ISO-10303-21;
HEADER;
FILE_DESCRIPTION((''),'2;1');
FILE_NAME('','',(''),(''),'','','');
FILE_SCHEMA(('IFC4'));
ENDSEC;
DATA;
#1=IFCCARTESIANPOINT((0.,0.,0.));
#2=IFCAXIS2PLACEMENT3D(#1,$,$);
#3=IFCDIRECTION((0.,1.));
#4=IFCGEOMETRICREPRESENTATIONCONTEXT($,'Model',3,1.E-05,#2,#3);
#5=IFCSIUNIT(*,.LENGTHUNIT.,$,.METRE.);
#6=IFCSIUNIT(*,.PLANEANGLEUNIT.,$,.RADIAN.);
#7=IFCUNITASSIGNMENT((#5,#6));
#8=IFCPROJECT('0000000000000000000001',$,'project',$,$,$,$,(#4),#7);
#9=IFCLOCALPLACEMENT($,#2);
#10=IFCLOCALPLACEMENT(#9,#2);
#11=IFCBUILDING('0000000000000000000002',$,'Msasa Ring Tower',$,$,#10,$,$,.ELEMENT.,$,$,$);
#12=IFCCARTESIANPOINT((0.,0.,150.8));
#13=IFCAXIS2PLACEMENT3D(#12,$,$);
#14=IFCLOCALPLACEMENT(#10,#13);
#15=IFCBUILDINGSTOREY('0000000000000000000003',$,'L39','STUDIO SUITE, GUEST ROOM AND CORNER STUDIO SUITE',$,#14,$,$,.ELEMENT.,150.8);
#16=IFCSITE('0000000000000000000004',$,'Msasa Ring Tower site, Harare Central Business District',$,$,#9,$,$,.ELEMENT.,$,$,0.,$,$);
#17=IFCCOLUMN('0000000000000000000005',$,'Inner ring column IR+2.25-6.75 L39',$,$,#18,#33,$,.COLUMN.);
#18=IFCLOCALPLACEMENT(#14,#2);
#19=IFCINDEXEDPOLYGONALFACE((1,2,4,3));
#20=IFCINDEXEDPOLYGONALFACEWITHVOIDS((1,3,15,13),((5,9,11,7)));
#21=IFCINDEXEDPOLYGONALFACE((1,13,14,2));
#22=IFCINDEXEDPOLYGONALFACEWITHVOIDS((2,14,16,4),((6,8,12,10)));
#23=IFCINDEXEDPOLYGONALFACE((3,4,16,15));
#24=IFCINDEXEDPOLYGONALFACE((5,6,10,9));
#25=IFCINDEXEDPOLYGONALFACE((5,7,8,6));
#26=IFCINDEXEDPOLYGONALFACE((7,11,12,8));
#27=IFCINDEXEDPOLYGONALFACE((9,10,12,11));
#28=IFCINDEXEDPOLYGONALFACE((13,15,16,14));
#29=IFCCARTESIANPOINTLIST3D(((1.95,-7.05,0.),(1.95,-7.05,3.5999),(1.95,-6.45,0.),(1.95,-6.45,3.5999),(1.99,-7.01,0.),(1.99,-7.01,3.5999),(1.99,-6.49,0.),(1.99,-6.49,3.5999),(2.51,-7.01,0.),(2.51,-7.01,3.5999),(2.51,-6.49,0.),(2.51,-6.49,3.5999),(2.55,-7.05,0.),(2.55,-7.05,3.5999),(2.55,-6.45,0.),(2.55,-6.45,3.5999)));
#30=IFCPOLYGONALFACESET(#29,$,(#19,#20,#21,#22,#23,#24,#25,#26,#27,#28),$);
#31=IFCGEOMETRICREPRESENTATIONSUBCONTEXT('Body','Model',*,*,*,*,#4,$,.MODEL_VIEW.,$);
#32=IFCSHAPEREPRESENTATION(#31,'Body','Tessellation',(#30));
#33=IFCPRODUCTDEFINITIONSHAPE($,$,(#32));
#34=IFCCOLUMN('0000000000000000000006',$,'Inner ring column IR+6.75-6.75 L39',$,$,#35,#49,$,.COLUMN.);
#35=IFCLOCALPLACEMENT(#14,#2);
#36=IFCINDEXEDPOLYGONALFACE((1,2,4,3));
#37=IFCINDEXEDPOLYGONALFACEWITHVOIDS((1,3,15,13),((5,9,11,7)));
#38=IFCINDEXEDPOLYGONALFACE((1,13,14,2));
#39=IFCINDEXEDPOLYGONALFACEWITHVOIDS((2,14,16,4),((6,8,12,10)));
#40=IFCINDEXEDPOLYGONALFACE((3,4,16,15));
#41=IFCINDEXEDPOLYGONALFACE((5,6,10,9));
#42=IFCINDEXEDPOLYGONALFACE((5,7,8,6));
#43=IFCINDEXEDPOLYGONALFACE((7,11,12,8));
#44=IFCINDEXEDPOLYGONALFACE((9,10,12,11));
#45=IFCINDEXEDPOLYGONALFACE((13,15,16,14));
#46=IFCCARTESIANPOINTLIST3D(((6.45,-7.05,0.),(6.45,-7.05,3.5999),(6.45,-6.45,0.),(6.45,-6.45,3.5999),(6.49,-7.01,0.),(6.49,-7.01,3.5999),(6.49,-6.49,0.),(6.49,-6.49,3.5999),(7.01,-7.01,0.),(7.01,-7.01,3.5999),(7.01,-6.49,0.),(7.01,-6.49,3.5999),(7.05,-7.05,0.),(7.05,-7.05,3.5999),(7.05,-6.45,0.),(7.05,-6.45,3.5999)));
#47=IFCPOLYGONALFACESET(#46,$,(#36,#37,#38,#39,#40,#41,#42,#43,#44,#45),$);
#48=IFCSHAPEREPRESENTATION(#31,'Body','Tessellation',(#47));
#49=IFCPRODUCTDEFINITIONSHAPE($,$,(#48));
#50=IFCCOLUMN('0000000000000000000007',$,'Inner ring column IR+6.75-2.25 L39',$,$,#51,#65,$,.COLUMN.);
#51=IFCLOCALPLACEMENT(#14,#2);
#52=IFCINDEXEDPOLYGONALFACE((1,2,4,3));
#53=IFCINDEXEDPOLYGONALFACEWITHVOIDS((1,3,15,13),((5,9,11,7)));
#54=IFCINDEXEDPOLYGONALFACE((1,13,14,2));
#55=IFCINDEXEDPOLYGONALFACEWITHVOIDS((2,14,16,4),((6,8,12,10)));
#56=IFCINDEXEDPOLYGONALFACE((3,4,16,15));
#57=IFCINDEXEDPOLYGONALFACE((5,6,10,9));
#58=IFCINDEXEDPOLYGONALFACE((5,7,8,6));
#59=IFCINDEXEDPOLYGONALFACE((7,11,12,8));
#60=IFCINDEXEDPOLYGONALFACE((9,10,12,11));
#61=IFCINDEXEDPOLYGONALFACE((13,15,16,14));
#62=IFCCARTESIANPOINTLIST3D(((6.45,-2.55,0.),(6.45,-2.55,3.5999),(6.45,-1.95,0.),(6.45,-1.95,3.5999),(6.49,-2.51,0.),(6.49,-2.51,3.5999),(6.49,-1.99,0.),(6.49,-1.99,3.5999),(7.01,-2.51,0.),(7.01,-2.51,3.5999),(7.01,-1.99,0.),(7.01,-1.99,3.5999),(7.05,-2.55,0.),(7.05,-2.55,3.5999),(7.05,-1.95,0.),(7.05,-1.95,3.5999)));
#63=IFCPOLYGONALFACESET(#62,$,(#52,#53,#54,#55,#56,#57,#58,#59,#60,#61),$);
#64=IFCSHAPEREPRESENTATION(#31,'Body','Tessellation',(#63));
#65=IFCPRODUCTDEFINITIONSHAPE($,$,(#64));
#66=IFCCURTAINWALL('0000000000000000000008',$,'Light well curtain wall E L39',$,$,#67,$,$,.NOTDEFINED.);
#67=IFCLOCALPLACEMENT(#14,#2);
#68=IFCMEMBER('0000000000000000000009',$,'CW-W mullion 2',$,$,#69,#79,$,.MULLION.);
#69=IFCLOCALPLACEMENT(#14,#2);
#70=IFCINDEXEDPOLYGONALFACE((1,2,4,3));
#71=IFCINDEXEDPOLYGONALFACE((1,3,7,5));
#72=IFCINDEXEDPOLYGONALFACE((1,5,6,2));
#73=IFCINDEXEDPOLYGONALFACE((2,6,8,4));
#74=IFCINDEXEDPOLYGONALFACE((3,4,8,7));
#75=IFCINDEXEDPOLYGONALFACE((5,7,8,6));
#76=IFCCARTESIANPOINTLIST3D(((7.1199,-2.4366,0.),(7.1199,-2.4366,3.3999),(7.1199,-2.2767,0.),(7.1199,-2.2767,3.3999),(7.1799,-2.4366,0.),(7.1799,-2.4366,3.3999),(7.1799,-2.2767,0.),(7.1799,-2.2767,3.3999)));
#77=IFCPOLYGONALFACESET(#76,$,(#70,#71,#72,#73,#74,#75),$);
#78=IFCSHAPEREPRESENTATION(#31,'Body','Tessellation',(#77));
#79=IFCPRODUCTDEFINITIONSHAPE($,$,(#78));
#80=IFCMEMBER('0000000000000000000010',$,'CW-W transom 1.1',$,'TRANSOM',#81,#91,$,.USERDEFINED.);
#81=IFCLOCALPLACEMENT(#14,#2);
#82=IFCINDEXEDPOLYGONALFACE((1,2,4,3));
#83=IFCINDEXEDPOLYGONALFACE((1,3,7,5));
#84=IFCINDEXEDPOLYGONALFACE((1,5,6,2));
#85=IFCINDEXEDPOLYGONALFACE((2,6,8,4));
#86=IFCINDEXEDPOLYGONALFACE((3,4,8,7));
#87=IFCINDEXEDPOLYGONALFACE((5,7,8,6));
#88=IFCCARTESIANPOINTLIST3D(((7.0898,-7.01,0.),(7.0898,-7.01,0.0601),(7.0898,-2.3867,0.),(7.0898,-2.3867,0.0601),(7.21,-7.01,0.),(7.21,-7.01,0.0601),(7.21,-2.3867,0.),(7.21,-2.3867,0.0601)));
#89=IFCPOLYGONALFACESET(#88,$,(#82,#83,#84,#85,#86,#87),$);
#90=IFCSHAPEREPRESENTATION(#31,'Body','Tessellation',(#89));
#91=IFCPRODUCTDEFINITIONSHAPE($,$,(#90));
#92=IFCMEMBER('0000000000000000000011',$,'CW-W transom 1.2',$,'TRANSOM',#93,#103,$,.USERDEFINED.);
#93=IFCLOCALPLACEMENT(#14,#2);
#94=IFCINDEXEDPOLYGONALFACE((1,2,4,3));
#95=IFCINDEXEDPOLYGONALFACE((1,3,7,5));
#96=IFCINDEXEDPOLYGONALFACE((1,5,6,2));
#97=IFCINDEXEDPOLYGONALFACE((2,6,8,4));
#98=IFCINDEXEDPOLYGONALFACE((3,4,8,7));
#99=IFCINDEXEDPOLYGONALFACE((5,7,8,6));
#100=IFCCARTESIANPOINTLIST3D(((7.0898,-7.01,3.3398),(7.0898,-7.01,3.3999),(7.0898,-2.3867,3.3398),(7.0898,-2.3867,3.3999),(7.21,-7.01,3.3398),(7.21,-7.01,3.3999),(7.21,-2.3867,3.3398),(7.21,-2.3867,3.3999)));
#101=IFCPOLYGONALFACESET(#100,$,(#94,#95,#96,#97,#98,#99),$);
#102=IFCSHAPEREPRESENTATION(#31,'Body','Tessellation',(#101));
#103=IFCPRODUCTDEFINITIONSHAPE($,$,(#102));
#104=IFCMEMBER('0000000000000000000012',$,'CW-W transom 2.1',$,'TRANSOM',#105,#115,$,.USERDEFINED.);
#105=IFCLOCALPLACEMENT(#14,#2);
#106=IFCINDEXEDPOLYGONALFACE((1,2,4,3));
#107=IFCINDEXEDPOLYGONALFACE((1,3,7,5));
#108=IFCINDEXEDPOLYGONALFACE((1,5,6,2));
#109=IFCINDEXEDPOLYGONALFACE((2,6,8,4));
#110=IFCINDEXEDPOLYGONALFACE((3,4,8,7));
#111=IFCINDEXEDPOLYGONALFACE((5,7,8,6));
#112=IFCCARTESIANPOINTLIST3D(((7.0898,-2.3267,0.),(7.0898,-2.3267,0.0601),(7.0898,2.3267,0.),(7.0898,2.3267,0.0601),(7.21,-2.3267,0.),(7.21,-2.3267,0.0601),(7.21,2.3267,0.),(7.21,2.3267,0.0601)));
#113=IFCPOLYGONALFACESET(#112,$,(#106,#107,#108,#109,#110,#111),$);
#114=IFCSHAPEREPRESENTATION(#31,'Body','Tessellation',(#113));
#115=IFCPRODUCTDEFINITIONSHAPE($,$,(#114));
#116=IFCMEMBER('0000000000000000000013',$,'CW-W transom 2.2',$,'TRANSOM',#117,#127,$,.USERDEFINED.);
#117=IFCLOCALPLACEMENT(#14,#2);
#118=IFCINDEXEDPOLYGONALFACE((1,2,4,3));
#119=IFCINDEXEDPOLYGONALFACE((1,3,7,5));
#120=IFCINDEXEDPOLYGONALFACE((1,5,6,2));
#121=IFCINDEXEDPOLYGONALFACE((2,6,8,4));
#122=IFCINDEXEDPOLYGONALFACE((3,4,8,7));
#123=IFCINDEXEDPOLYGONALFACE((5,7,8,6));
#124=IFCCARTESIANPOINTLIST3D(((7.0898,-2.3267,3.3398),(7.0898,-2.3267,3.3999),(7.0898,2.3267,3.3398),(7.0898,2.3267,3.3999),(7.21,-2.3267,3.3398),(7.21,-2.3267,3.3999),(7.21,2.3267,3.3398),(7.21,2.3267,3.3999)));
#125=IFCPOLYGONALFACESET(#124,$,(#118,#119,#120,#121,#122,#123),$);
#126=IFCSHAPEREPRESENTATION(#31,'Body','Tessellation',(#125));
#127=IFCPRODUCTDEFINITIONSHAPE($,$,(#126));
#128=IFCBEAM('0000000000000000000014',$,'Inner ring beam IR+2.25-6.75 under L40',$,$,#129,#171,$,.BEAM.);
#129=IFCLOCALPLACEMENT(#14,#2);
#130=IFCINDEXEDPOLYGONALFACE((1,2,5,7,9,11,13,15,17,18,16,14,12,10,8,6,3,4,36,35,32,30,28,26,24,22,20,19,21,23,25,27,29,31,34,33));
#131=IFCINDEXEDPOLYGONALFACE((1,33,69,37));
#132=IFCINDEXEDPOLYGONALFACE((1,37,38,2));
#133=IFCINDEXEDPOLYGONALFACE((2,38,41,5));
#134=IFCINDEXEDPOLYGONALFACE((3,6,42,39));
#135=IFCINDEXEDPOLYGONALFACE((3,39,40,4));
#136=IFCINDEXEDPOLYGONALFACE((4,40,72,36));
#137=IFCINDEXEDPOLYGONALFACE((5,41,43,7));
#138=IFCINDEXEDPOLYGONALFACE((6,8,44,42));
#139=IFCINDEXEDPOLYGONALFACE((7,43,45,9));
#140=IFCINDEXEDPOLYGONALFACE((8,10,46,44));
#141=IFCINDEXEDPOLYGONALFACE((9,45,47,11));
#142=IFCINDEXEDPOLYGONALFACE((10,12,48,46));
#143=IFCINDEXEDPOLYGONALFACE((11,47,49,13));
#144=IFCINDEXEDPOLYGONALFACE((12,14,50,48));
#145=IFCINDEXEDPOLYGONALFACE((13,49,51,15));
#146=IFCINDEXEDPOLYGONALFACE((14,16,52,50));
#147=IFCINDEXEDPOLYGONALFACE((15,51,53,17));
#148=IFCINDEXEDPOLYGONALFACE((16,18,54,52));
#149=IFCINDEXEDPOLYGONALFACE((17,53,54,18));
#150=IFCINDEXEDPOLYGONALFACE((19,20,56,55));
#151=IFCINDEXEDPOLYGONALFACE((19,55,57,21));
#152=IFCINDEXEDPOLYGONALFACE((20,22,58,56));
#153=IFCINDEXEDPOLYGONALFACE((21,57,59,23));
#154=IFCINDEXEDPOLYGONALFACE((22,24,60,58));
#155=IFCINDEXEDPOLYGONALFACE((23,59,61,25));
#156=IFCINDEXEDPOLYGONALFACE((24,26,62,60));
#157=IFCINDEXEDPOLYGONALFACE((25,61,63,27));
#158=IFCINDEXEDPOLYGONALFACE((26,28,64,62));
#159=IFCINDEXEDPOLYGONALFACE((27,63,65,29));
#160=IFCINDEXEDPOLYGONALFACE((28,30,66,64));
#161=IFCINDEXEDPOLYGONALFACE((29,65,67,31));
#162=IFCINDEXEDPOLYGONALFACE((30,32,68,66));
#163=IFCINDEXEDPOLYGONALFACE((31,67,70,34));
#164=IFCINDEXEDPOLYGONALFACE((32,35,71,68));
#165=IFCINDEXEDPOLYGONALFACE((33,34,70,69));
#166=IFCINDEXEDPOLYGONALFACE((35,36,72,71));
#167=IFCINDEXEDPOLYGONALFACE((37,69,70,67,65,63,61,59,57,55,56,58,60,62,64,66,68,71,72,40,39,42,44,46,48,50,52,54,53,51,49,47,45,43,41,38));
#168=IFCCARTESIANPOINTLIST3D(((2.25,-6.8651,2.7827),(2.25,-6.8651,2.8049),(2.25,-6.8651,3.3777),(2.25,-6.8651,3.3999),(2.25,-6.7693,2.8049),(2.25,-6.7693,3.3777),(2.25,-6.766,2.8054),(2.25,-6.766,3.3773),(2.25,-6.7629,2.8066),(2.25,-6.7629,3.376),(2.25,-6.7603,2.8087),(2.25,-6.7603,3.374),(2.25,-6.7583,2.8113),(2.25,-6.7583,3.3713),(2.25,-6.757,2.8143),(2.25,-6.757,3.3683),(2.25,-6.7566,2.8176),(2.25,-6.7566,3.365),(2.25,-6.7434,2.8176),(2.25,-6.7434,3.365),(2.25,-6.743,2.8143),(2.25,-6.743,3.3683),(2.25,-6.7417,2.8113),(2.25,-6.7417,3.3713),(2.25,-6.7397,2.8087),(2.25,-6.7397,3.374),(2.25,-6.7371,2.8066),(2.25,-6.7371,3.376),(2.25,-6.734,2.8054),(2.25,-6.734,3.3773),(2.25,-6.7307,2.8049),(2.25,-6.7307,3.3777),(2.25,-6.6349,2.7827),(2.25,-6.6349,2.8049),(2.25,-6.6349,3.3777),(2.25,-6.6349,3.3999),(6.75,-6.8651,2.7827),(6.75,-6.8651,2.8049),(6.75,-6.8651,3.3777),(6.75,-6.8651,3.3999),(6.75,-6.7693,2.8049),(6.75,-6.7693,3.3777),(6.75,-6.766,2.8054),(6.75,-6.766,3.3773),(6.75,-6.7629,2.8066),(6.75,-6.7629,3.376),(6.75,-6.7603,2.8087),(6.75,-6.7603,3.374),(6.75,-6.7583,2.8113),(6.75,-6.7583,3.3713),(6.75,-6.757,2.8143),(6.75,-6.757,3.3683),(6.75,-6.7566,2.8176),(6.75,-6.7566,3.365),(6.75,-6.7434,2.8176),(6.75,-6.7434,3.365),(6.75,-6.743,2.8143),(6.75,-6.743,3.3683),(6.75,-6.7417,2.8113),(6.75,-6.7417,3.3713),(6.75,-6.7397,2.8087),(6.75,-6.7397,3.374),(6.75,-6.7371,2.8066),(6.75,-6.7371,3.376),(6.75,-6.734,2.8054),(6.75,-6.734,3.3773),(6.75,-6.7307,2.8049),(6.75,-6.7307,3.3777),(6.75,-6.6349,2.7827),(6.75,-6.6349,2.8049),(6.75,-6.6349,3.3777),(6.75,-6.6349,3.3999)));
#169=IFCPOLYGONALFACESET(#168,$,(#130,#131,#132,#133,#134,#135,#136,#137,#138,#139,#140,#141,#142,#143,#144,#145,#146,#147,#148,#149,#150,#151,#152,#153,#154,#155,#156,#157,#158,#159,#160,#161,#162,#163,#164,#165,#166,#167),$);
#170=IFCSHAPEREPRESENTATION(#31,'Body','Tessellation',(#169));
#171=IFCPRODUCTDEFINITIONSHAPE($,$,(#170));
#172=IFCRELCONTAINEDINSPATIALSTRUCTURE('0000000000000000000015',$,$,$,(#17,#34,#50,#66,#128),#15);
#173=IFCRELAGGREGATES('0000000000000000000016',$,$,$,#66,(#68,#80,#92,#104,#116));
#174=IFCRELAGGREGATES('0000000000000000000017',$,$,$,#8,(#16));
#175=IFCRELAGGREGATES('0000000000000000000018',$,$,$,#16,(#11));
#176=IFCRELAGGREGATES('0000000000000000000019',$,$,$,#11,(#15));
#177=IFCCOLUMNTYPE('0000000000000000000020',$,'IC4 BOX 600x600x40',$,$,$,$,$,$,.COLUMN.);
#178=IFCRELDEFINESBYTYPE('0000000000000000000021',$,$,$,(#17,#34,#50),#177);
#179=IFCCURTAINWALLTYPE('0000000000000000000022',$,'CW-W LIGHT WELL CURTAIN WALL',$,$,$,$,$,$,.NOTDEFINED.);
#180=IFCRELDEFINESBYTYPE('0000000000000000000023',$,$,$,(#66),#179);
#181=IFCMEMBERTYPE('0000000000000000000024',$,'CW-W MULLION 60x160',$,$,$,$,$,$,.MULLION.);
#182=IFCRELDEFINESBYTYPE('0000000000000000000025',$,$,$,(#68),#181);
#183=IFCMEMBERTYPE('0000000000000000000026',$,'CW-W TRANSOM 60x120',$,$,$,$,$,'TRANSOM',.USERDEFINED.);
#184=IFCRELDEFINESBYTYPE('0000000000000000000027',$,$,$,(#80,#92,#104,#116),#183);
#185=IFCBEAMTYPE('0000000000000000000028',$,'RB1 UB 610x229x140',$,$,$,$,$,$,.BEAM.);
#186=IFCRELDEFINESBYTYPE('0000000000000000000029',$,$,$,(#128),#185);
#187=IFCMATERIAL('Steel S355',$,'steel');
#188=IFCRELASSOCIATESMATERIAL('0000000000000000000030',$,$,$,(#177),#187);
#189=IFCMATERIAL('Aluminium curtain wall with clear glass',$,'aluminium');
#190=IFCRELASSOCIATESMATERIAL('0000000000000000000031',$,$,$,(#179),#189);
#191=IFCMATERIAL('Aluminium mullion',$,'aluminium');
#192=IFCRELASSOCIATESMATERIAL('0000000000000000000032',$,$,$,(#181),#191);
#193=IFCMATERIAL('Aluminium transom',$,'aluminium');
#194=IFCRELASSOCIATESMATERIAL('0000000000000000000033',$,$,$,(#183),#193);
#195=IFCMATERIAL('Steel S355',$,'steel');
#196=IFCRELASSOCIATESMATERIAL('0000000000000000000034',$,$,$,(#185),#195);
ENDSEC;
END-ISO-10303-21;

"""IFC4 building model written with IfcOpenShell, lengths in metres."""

from ifc_helpers import new_model, si_unit, direction, frame, origin, origin_2d, place, context, subcontext, project, spatial, rectangle, hollow_rectangle, i_section, extrude, material, material_profile, profile_set, type_object, element, aggregate, save


model = new_model("IFC4")

# Units and contexts
model_context = context("Model", 3, precision=1e-05, world=origin(), true_north=direction((0.0, 1.0)))
body_context = subcontext(model_context, "Body", "Model", "MODEL_VIEW")
ifc_project = project(units=[si_unit("LENGTHUNIT", "METRE"), si_unit("PLANEANGLEUNIT", "RADIAN")], contexts=[model_context])

# Site, building, storey
site_placement = place(None, origin())
site = spatial("IfcSite", under=ifc_project, at=site_placement, Name="Msasa Ring Tower site, Harare Central Business District", CompositionType="ELEMENT", RefElevation=0.0)
building_placement = place(site_placement, origin())
building = spatial("IfcBuilding", under=site, at=building_placement, Name="Msasa Ring Tower", CompositionType="ELEMENT")
storey_placement = place(building_placement, frame((0.0, 0.0, 150.8)))
storey = spatial("IfcBuildingStorey", under=building, at=storey_placement, Name="L39", Description="STUDIO SUITE, GUEST ROOM AND CORNER STUDIO SUITE", CompositionType="ELEMENT", Elevation=150.8)

# Columns
ifc_material_1 = material(Name="Steel S355", Category="steel")
ifc_material_profile_1 = material_profile(ifc_material_1, hollow_rectangle(XDim=0.6001, YDim=0.6001, WallThickness=0.04, at=origin_2d()), Name="BOX 600x600x40")
ifc_profile_set_1 = profile_set([ifc_material_profile_1], Name="Steel S355")
column_type = type_object("IfcColumnType", Name="IC4 BOX 600x600x40", PredefinedType="COLUMN", material=ifc_profile_set_1)
for number, where, z_axis, x_axis, name in (
    (1, (2.25, -6.75, 0.0), (0.0, 0.0, 1.0), (1.0, 0.0, 0.0), "Inner ring column IR+2.25-6.75 L39"),
    (2, (6.75, -6.75, 0.0), (0.0, 0.0, 1.0), (1.0, 0.0, 0.0), "Inner ring column IR+6.75-6.75 L39"),
    (3, (6.75, -2.25, 0.0), (0.0, 0.0, 1.0), (1.0, 0.0, 0.0), "Inner ring column IR+6.75-2.25 L39"),
):
    element("IfcColumn", number, at=place(storey_placement, frame(where, z_axis=z_axis, x_axis=x_axis)), inside=storey, type_object=column_type, Name=name, PredefinedType="COLUMN", context=body_context, shape_type="SweptSolid", body=[
        extrude(hollow_rectangle(XDim=0.6001, YDim=0.6001, WallThickness=0.04, at=origin_2d()), origin(), (0.0, 0.0, 1.0), 3.5999),
    ])

# Curtain wall, members
ifc_material_2 = material(Name="Aluminium curtain wall with clear glass", Category="aluminium")
curtain_wall_type = type_object("IfcCurtainWallType", Name="CW-W LIGHT WELL CURTAIN WALL", PredefinedType="NOTDEFINED", material=ifc_material_2)
curtain_wall_placement = place(storey_placement, origin())
curtain_wall = element("IfcCurtainWall", 4, at=curtain_wall_placement, inside=storey, type_object=curtain_wall_type, Name="Light well curtain wall E L39", PredefinedType="NOTDEFINED")
ifc_material_3 = material(Name="Aluminium mullion", Category="aluminium")
ifc_material_profile_2 = material_profile(ifc_material_3, rectangle(XDim=0.0601, YDim=0.1599, at=origin_2d()), Name="AL 60x160")
ifc_profile_set_2 = profile_set([ifc_material_profile_2], Name="Aluminium mullion")
member_type_1 = type_object("IfcMemberType", Name="CW-W MULLION 60x160", PredefinedType="MULLION", material=ifc_profile_set_2)
member_1_placement = place(storey_placement, frame((7.1499, -2.3567, 0.0), z_axis=(0.0, 0.0, 1.0), x_axis=(-1.0, 0.0, 0.0)))
member_1 = element("IfcMember", 5, at=member_1_placement, type_object=member_type_1, Name="CW-W mullion 2", PredefinedType="MULLION", context=body_context, shape_type="SweptSolid", body=[
    extrude(rectangle(XDim=0.0601, YDim=0.1599, at=origin_2d()), origin(), (0.0, 0.0, 1.0), 3.3999),
])
ifc_material_4 = material(Name="Aluminium transom", Category="aluminium")
ifc_material_profile_3 = material_profile(ifc_material_4, rectangle(XDim=0.1201, YDim=0.0601, at=origin_2d()), Name="AL 60x120")
ifc_profile_set_3 = profile_set([ifc_material_profile_3], Name="Aluminium transom")
member_type_2 = type_object("IfcMemberType", Name="CW-W TRANSOM 60x120", ElementType="TRANSOM", PredefinedType="USERDEFINED", material=ifc_profile_set_3)
member_2_placement = place(storey_placement, frame((7.1499, -7.01, 0.03), z_axis=(0.0, 1.0, 0.0), x_axis=(-1.0, 0.0, 0.0)))
member_2 = element("IfcMember", 6, at=member_2_placement, type_object=member_type_2, Name="CW-W transom 1.1", ObjectType="TRANSOM", PredefinedType="USERDEFINED", context=body_context, shape_type="SweptSolid", body=[
    extrude(rectangle(XDim=0.1201, YDim=0.0601, at=origin_2d()), origin(), (0.0, 0.0, 1.0), 4.6233),
])
member_3_placement = place(storey_placement, frame((7.1499, -7.01, 3.3699), z_axis=(0.0, 1.0, 0.0), x_axis=(-1.0, 0.0, 0.0)))
member_3 = element("IfcMember", 7, at=member_3_placement, type_object=member_type_2, Name="CW-W transom 1.2", ObjectType="TRANSOM", PredefinedType="USERDEFINED", context=body_context, shape_type="SweptSolid", body=[
    extrude(rectangle(XDim=0.1201, YDim=0.0601, at=origin_2d()), origin(), (0.0, 0.0, 1.0), 4.6233),
])
member_4_placement = place(storey_placement, frame((7.1499, -2.3267, 0.03), z_axis=(0.0, 1.0, 0.0), x_axis=(-1.0, 0.0, 0.0)))
member_4 = element("IfcMember", 8, at=member_4_placement, type_object=member_type_2, Name="CW-W transom 2.1", ObjectType="TRANSOM", PredefinedType="USERDEFINED", context=body_context, shape_type="SweptSolid", body=[
    extrude(rectangle(XDim=0.1201, YDim=0.0601, at=origin_2d()), origin(), (0.0, 0.0, 1.0), 4.6533),
])
member_5_placement = place(storey_placement, frame((7.1499, -2.3267, 3.3699), z_axis=(0.0, 1.0, 0.0), x_axis=(-1.0, 0.0, 0.0)))
member_5 = element("IfcMember", 9, at=member_5_placement, type_object=member_type_2, Name="CW-W transom 2.2", ObjectType="TRANSOM", PredefinedType="USERDEFINED", context=body_context, shape_type="SweptSolid", body=[
    extrude(rectangle(XDim=0.1201, YDim=0.0601, at=origin_2d()), origin(), (0.0, 0.0, 1.0), 4.6533),
])

# Beam
ifc_material_5 = material(Name="Steel S355", Category="steel")
ifc_material_profile_4 = material_profile(ifc_material_5, i_section(OverallWidth=0.2302, OverallDepth=0.6172, WebThickness=0.0132, FlangeThickness=0.0222, FilletRadius=0.0127, at=origin_2d()), Name="UB 610x229x140")
ifc_profile_set_4 = profile_set([ifc_material_profile_4], Name="Steel S355")
beam_type = type_object("IfcBeamType", Name="RB1 UB 610x229x140", PredefinedType="BEAM", material=ifc_profile_set_4)
for number, where, z_axis, x_axis, name in (
    (10, (2.25, -6.75, 3.0913), (1.0, 0.0, 0.0), (0.0, 1.0, 0.0), "Inner ring beam IR+2.25-6.75 under L40"),
):
    element("IfcBeam", number, at=place(storey_placement, frame(where, z_axis=z_axis, x_axis=x_axis)), inside=storey, type_object=beam_type, Name=name, PredefinedType="BEAM", context=body_context, shape_type="SweptSolid", body=[
        extrude(i_section(OverallWidth=0.2302, OverallDepth=0.6172, WebThickness=0.0132, FlangeThickness=0.0222, FilletRadius=0.0127, at=origin_2d()), origin(), (0.0, 0.0, 1.0), 4.5),
    ])

aggregate(curtain_wall, [member_1, member_2, member_3, member_4, member_5])

save(model, "model.ifc")
